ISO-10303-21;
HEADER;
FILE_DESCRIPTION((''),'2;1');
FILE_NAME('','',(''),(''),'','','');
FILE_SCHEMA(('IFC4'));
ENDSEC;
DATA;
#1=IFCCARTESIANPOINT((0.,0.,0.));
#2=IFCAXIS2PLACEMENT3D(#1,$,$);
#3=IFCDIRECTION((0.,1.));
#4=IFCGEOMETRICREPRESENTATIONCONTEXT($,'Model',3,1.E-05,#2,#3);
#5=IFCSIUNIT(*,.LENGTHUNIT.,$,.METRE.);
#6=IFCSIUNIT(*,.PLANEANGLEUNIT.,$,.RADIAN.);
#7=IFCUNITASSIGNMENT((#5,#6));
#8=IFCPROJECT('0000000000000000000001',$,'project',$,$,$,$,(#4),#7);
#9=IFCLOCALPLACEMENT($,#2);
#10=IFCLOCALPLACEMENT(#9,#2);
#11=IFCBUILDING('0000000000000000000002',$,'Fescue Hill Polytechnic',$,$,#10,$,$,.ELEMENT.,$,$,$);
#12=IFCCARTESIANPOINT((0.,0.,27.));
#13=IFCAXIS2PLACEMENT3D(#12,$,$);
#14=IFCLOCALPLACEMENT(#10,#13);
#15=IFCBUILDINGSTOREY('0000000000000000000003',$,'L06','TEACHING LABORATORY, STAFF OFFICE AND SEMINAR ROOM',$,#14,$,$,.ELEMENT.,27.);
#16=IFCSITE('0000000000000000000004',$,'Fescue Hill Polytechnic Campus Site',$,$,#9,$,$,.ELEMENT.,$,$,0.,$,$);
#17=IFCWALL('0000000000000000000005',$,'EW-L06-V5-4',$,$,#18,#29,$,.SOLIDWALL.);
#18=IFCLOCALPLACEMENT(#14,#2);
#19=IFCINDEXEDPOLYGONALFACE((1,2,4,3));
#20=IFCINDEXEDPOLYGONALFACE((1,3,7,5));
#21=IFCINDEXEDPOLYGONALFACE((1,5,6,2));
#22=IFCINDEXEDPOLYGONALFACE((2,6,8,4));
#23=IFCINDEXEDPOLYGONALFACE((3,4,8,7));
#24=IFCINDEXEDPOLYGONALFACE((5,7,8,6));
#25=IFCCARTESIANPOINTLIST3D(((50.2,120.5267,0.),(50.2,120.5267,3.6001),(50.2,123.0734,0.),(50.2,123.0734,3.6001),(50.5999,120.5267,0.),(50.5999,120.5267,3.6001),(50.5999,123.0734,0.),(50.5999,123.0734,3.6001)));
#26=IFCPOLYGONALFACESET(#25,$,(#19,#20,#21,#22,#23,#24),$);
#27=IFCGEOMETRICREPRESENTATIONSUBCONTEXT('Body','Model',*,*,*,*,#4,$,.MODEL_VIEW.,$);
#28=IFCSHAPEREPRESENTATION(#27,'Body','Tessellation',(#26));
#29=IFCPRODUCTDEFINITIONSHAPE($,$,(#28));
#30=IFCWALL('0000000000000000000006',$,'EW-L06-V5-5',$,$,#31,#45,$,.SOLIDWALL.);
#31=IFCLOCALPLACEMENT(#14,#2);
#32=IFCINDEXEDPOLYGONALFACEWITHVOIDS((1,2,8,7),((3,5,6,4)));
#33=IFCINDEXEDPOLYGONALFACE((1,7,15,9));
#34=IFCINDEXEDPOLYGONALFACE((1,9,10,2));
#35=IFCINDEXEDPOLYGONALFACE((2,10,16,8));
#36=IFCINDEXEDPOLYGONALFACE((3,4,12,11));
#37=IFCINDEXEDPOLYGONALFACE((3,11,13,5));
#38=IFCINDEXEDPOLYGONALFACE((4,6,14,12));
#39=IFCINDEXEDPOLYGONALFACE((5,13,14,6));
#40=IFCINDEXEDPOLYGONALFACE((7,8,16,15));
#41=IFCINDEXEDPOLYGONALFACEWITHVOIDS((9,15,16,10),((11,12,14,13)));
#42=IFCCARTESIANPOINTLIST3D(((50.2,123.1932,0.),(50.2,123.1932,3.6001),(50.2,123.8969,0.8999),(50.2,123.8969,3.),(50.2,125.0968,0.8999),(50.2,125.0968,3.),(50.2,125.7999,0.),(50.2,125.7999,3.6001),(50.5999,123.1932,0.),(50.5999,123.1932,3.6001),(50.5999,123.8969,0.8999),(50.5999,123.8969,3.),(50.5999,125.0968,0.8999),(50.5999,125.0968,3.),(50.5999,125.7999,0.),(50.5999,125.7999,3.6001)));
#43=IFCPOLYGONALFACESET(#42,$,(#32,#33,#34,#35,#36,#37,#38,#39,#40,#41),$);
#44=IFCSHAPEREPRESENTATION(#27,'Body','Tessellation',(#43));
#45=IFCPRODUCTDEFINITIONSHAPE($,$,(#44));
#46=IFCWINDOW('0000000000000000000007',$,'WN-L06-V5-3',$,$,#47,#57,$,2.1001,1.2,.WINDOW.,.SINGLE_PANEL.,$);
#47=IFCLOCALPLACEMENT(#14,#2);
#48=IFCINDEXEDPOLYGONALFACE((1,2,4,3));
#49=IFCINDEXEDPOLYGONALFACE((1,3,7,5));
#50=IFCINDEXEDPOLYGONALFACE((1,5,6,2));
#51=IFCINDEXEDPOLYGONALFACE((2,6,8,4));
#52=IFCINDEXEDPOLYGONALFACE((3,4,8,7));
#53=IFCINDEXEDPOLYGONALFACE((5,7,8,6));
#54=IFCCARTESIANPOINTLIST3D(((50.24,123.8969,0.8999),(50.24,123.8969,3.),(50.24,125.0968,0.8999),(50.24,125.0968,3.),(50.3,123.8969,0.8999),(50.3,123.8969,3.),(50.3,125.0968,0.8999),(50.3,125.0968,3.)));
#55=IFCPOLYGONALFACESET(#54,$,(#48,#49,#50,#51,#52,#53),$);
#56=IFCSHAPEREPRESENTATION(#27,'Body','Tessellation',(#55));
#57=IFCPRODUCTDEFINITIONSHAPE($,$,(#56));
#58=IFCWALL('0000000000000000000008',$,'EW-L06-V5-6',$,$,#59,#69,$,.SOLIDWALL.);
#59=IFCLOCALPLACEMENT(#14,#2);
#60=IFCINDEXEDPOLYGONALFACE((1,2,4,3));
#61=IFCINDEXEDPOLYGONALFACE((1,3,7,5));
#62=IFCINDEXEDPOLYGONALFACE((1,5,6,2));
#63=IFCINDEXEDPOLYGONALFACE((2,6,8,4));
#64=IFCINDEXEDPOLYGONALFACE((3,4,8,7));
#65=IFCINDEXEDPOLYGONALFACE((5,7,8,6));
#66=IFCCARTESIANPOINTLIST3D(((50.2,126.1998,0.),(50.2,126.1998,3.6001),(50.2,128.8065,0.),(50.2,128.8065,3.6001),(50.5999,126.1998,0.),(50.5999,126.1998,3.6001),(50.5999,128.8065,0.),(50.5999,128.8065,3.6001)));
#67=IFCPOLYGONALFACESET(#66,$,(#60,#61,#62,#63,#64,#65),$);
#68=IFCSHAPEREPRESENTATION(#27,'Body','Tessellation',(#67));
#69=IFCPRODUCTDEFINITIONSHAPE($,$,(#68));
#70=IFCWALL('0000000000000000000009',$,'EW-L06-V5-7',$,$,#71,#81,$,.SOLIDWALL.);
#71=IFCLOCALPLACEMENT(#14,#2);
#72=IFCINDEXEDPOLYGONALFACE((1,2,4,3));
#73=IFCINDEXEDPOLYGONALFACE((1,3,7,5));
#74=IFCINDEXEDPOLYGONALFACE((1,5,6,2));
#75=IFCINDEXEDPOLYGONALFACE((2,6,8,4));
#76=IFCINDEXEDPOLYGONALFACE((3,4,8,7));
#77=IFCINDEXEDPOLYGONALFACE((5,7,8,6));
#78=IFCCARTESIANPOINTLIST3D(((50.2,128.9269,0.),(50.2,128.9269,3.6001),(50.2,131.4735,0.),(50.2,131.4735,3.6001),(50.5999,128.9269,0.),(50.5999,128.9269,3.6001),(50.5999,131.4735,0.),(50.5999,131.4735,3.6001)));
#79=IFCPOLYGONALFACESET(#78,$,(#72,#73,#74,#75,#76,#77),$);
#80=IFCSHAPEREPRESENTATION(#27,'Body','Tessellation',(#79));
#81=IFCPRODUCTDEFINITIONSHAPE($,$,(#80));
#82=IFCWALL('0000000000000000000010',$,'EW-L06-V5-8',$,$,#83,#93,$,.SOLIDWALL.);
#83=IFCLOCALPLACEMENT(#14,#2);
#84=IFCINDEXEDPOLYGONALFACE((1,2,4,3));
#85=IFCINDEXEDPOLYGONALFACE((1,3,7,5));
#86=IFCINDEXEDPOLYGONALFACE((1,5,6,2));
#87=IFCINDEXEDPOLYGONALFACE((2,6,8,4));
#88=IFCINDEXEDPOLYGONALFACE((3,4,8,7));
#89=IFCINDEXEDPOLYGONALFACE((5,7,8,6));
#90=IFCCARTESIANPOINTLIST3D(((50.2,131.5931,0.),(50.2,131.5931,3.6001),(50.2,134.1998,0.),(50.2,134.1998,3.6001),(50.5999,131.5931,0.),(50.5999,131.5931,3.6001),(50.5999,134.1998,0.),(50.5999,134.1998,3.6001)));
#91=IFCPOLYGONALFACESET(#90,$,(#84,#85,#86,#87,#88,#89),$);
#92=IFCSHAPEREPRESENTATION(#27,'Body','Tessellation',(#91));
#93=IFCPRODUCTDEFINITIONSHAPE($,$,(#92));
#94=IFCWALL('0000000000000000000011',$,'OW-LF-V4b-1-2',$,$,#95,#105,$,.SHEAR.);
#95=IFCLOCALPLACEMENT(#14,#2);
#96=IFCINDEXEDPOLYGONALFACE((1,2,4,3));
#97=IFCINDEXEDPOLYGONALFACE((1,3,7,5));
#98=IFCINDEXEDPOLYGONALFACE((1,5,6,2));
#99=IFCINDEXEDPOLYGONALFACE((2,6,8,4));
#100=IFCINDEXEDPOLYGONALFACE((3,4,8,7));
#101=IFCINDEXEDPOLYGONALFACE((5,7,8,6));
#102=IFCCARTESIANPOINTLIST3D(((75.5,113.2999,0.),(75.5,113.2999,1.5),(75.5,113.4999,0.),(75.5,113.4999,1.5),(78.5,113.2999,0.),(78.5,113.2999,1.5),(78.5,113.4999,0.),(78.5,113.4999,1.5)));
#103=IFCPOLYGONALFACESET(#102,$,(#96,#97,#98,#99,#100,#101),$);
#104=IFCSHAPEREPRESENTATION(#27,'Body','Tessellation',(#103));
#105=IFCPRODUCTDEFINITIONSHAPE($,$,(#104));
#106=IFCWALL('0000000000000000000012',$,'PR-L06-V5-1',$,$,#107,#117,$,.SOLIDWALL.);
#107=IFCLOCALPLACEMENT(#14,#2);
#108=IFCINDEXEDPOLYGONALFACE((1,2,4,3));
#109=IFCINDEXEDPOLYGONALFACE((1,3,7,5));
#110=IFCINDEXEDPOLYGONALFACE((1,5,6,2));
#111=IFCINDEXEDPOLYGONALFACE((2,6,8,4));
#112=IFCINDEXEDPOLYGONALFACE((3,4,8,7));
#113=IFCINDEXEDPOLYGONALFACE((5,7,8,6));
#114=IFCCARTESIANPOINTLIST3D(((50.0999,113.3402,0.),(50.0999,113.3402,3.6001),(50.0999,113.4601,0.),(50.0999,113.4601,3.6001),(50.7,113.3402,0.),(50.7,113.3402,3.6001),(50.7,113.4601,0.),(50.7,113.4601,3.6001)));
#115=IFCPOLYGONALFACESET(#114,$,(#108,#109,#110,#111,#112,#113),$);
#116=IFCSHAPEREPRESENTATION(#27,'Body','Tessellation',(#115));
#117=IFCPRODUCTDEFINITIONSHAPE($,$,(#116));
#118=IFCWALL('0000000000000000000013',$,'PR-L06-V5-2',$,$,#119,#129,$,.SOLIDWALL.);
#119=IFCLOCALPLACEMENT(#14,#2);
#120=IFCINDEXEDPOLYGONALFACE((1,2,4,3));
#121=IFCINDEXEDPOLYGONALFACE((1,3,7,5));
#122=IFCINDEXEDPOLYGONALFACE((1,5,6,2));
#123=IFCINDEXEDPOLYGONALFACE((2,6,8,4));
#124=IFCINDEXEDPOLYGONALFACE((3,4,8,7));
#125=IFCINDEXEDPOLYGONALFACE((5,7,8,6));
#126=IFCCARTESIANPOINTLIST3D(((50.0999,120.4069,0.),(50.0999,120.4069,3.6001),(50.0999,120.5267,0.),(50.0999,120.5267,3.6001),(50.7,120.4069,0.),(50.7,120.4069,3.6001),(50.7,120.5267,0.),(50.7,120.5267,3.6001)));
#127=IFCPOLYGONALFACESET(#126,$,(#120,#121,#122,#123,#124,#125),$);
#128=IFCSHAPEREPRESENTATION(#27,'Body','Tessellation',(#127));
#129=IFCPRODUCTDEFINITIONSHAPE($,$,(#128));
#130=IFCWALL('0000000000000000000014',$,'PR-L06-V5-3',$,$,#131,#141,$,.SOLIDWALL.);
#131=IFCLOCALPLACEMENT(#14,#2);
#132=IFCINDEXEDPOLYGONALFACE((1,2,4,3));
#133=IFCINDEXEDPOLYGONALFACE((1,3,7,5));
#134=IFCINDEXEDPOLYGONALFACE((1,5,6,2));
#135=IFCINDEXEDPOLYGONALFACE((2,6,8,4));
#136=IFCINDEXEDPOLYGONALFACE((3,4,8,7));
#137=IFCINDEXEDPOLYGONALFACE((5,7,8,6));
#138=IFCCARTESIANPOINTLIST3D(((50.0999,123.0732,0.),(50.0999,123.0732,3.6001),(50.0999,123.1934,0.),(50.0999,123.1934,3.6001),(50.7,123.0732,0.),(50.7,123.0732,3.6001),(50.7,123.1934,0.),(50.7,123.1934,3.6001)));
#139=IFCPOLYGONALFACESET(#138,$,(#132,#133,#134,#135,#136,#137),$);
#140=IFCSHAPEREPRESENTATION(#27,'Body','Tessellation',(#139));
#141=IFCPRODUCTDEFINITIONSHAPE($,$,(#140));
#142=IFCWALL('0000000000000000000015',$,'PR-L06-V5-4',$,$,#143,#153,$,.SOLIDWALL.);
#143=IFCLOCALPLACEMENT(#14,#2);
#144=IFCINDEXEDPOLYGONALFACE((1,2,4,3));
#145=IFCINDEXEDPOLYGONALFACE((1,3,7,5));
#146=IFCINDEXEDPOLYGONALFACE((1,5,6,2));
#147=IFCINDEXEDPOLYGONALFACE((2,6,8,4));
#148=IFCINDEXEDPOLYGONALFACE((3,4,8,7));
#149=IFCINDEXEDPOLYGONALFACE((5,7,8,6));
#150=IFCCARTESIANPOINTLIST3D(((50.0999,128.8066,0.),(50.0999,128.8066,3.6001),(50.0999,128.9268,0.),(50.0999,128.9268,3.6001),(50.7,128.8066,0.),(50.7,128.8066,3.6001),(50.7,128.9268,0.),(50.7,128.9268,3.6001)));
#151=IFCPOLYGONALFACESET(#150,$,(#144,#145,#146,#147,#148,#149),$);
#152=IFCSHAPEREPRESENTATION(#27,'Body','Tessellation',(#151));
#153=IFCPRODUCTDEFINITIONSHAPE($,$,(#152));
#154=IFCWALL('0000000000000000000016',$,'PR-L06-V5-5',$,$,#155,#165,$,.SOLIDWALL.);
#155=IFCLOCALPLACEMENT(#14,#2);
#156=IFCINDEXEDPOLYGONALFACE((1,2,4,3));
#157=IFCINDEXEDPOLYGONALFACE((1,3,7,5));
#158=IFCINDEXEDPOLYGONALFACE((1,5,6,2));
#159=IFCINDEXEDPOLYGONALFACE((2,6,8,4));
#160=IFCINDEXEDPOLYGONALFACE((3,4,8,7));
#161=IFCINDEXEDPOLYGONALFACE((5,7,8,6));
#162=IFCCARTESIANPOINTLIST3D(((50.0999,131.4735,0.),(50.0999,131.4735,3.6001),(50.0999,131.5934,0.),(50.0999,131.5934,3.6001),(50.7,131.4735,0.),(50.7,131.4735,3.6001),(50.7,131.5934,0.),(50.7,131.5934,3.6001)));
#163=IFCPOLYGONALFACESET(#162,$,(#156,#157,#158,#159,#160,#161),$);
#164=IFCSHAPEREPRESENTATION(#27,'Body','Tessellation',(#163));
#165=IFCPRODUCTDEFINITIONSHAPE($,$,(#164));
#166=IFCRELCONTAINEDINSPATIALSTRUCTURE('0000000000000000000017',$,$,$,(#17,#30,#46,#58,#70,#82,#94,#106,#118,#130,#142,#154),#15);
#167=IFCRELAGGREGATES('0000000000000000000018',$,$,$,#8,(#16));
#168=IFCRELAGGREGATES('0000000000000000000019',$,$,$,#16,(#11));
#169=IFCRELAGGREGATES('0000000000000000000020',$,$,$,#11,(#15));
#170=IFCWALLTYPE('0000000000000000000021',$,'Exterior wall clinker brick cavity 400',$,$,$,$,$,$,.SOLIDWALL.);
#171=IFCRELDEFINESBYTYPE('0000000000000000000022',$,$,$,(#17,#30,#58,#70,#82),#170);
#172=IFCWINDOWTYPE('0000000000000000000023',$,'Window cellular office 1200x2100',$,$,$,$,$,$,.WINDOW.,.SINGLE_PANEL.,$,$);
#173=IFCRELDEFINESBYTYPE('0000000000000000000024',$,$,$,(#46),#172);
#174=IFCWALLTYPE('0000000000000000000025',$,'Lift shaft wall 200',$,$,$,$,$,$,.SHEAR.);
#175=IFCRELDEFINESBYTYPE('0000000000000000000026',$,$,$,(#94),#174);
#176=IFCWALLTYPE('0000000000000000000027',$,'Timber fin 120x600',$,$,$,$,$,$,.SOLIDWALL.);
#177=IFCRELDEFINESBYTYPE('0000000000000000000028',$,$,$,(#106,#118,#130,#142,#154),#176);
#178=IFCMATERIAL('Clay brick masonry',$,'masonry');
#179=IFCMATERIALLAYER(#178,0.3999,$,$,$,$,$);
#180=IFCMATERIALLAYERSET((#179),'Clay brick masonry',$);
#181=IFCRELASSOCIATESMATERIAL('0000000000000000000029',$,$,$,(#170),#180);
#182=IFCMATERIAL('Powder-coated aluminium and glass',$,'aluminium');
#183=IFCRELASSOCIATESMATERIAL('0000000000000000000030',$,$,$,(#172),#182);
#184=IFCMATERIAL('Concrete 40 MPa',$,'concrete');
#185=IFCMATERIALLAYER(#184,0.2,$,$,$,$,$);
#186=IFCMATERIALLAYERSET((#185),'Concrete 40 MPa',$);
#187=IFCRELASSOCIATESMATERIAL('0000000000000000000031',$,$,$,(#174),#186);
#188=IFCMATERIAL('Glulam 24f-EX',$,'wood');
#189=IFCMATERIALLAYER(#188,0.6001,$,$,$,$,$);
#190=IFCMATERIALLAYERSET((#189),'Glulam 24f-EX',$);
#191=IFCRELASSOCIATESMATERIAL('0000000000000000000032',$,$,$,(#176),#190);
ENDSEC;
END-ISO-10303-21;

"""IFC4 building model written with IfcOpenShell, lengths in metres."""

from ifc_helpers import new_model, si_unit, direction, frame, frame_2d, origin, place, context, subcontext, project, spatial, rectangle, extrude, material, layer, layer_set, type_object, element, fill, save


model = new_model("IFC4")

# Units and contexts
model_context = context("Model", 3, precision=1e-05, world=origin(), true_north=direction((0.0, 1.0)))
body_context = subcontext(model_context, "Body", "Model", "MODEL_VIEW")
ifc_project = project(units=[si_unit("LENGTHUNIT", "METRE"), si_unit("PLANEANGLEUNIT", "RADIAN")], contexts=[model_context])

# Site, building, storey
site_placement = place(None, origin())
site = spatial("IfcSite", under=ifc_project, at=site_placement, Name="Fescue Hill Polytechnic Campus Site", CompositionType="ELEMENT", RefElevation=0.0)
building_placement = place(site_placement, origin())
building = spatial("IfcBuilding", under=site, at=building_placement, Name="Fescue Hill Polytechnic", CompositionType="ELEMENT")
storey_placement = place(building_placement, frame((0.0, 0.0, 27.0)))
storey = spatial("IfcBuildingStorey", under=building, at=storey_placement, Name="L06", Description="TEACHING LABORATORY, STAFF OFFICE AND SEMINAR ROOM", CompositionType="ELEMENT", Elevation=27.0)

# Shared definitions
ifc_material_1 = material(Name="Concrete 40 MPa", Category="concrete")

# Shared definitions
ifc_material_2 = material(Name="Clay brick masonry", Category="masonry")
ifc_layer_1 = layer(ifc_material_2, 0.3999)
ifc_layer_set_1 = layer_set([ifc_layer_1], Name="Clay brick masonry")
wall_type_1 = type_object("IfcWallType", Name="Exterior wall clinker brick cavity 400", PredefinedType="SOLIDWALL", material=ifc_layer_set_1)
ifc_material_3 = material(Name="Powder-coated aluminium and glass", Category="aluminium")

# Wall
wall_1_placement = place(storey_placement, frame((50.3999, 120.5266, 0.0), z_axis=(0.0, 0.0, 1.0), x_axis=(0.0, 1.0, 0.0)))
element("IfcWall", 1, at=wall_1_placement, inside=storey, type_object=wall_type_1, Name="EW-L06-V5-4", PredefinedType="SOLIDWALL", context=body_context, shape_type="SweptSolid", body=[
    extrude(rectangle(XDim=2.5466, YDim=0.3999, at=frame_2d((1.2734, 0.0))), origin(), (0.0, 0.0, 1.0), 3.6001),
])

# Wall, opening, window
wall_2_placement = place(storey_placement, frame((50.3999, 123.1934, 0.0), z_axis=(0.0, 0.0, 1.0), x_axis=(0.0, 1.0, 0.0)))
wall_2 = element("IfcWall", 2, at=wall_2_placement, inside=storey, type_object=wall_type_1, Name="EW-L06-V5-5", PredefinedType="SOLIDWALL", context=body_context, shape_type="SweptSolid", body=[
    extrude(rectangle(XDim=2.6067, YDim=0.3999, at=frame_2d((1.3032, 0.0))), origin(), (0.0, 0.0, 1.0), 3.6001),
])
opening_1_placement = place(wall_2_placement, frame((0.7034, 0.0, 0.8999)))
opening_1 = element("IfcOpeningElement", 3, at=opening_1_placement, cuts=wall_2, PredefinedType="OPENING", context=body_context, shape_type="SweptSolid", body=[
    extrude(rectangle(XDim=1.2, YDim=2.1001, at=frame_2d((0.6001, 1.05))), frame((0.0, 0.21, 0.0), z_axis=(0.0, -1.0, 0.0), x_axis=(1.0, 0.0, 0.0)), (0.0, 0.0, 1.0), 0.4199),
])
window_type_1 = type_object("IfcWindowType", Name="Window cellular office 1200x2100", PartitioningType="SINGLE_PANEL", PredefinedType="WINDOW", material=ifc_material_3)
window_1_placement = place(opening_1_placement, origin())
window_1 = element("IfcWindow", 4, at=window_1_placement, inside=storey, type_object=window_type_1, Name="WN-L06-V5-3", OverallHeight=2.1001, OverallWidth=1.2, PartitioningType="SINGLE_PANEL", PredefinedType="WINDOW", context=body_context, shape_type="SweptSolid", body=[
    extrude(rectangle(XDim=1.2, YDim=2.1001, at=frame_2d((0.6001, 1.05))), frame((0.0, 0.1599, 0.0), z_axis=(0.0, -1.0, 0.0), x_axis=(1.0, 0.0, 0.0)), (0.0, 0.0, 1.0), 0.0601),
])
fill(opening_1, window_1)

# Walls
wall_3_placement = place(storey_placement, frame((50.3999, 126.2, 0.0), z_axis=(0.0, 0.0, 1.0), x_axis=(0.0, 1.0, 0.0)))
element("IfcWall", 5, at=wall_3_placement, inside=storey, type_object=wall_type_1, Name="EW-L06-V5-6", PredefinedType="SOLIDWALL", context=body_context, shape_type="SweptSolid", body=[
    extrude(rectangle(XDim=2.6067, YDim=0.3999, at=frame_2d((1.3032, 0.0))), origin(), (0.0, 0.0, 1.0), 3.6001),
])
wall_4_placement = place(storey_placement, frame((50.3999, 128.9268, 0.0), z_axis=(0.0, 0.0, 1.0), x_axis=(0.0, 1.0, 0.0)))
element("IfcWall", 6, at=wall_4_placement, inside=storey, type_object=wall_type_1, Name="EW-L06-V5-7", PredefinedType="SOLIDWALL", context=body_context, shape_type="SweptSolid", body=[
    extrude(rectangle(XDim=2.5466, YDim=0.3999, at=frame_2d((1.2734, 0.0))), origin(), (0.0, 0.0, 1.0), 3.6001),
])
wall_5_placement = place(storey_placement, frame((50.3999, 131.5933, 0.0), z_axis=(0.0, 0.0, 1.0), x_axis=(0.0, 1.0, 0.0)))
element("IfcWall", 7, at=wall_5_placement, inside=storey, type_object=wall_type_1, Name="EW-L06-V5-8", PredefinedType="SOLIDWALL", context=body_context, shape_type="SweptSolid", body=[
    extrude(rectangle(XDim=2.6067, YDim=0.3999, at=frame_2d((1.3032, 0.0))), origin(), (0.0, 0.0, 1.0), 3.6001),
])
ifc_layer_2 = layer(ifc_material_1, 0.2)
ifc_layer_set_2 = layer_set([ifc_layer_2], Name="Concrete 40 MPa")
wall_type_2 = type_object("IfcWallType", Name="Lift shaft wall 200", PredefinedType="SHEAR", material=ifc_layer_set_2)
wall_6_placement = place(storey_placement, frame((75.5, 113.3999, 0.0), z_axis=(0.0, 0.0, 1.0), x_axis=(1.0, 0.0, 0.0)))
element("IfcWall", 8, at=wall_6_placement, inside=storey, type_object=wall_type_2, Name="OW-LF-V4b-1-2", PredefinedType="SHEAR", context=body_context, shape_type="SweptSolid", body=[
    extrude(rectangle(XDim=3.0, YDim=0.2, at=frame_2d((1.5, 0.0))), origin(), (0.0, 0.0, 1.0), 1.5),
])
ifc_material_4 = material(Name="Glulam 24f-EX", Category="wood")
ifc_layer_3 = layer(ifc_material_4, 0.6001)
ifc_layer_set_3 = layer_set([ifc_layer_3], Name="Glulam 24f-EX")
wall_type_3 = type_object("IfcWallType", Name="Timber fin 120x600", PredefinedType="SOLIDWALL", material=ifc_layer_set_3)
for number, where, z_axis, x_axis, name in (
    (9, (50.3999, 113.3401, 0.0), (0.0, 0.0, 1.0), (0.0, 1.0, 0.0), "PR-L06-V5-1"),
    (10, (50.3999, 120.4067, 0.0), (0.0, 0.0, 1.0), (0.0, 1.0, 0.0), "PR-L06-V5-2"),
):
    element("IfcWall", number, at=place(storey_placement, frame(where, z_axis=z_axis, x_axis=x_axis)), inside=storey, type_object=wall_type_3, Name=name, PredefinedType="SOLIDWALL", context=body_context, shape_type="SweptSolid", body=[
        extrude(rectangle(XDim=0.1199, YDim=0.6001, at=frame_2d((0.0601, 0.0))), origin(), (0.0, 0.0, 1.0), 3.6001),
    ])
for number, where, z_axis, x_axis, name in (
    (11, (50.3999, 123.0732, 0.0), (0.0, 0.0, 1.0), (0.0, 1.0, 0.0), "PR-L06-V5-3"),
    (12, (50.3999, 128.8066, 0.0), (0.0, 0.0, 1.0), (0.0, 1.0, 0.0), "PR-L06-V5-4"),
):
    element("IfcWall", number, at=place(storey_placement, frame(where, z_axis=z_axis, x_axis=x_axis)), inside=storey, type_object=wall_type_3, Name=name, PredefinedType="SOLIDWALL", context=body_context, shape_type="SweptSolid", body=[
        extrude(rectangle(XDim=0.1201, YDim=0.6001, at=frame_2d((0.0601, 0.0))), origin(), (0.0, 0.0, 1.0), 3.6001),
    ])
wall_7_placement = place(storey_placement, frame((50.3999, 131.4734, 0.0), z_axis=(0.0, 0.0, 1.0), x_axis=(0.0, 1.0, 0.0)))
element("IfcWall", 13, at=wall_7_placement, inside=storey, type_object=wall_type_3, Name="PR-L06-V5-5", PredefinedType="SOLIDWALL", context=body_context, shape_type="SweptSolid", body=[
    extrude(rectangle(XDim=0.1199, YDim=0.6001, at=frame_2d((0.0601, 0.0))), origin(), (0.0, 0.0, 1.0), 3.6001),
])

save(model, "model.ifc")
